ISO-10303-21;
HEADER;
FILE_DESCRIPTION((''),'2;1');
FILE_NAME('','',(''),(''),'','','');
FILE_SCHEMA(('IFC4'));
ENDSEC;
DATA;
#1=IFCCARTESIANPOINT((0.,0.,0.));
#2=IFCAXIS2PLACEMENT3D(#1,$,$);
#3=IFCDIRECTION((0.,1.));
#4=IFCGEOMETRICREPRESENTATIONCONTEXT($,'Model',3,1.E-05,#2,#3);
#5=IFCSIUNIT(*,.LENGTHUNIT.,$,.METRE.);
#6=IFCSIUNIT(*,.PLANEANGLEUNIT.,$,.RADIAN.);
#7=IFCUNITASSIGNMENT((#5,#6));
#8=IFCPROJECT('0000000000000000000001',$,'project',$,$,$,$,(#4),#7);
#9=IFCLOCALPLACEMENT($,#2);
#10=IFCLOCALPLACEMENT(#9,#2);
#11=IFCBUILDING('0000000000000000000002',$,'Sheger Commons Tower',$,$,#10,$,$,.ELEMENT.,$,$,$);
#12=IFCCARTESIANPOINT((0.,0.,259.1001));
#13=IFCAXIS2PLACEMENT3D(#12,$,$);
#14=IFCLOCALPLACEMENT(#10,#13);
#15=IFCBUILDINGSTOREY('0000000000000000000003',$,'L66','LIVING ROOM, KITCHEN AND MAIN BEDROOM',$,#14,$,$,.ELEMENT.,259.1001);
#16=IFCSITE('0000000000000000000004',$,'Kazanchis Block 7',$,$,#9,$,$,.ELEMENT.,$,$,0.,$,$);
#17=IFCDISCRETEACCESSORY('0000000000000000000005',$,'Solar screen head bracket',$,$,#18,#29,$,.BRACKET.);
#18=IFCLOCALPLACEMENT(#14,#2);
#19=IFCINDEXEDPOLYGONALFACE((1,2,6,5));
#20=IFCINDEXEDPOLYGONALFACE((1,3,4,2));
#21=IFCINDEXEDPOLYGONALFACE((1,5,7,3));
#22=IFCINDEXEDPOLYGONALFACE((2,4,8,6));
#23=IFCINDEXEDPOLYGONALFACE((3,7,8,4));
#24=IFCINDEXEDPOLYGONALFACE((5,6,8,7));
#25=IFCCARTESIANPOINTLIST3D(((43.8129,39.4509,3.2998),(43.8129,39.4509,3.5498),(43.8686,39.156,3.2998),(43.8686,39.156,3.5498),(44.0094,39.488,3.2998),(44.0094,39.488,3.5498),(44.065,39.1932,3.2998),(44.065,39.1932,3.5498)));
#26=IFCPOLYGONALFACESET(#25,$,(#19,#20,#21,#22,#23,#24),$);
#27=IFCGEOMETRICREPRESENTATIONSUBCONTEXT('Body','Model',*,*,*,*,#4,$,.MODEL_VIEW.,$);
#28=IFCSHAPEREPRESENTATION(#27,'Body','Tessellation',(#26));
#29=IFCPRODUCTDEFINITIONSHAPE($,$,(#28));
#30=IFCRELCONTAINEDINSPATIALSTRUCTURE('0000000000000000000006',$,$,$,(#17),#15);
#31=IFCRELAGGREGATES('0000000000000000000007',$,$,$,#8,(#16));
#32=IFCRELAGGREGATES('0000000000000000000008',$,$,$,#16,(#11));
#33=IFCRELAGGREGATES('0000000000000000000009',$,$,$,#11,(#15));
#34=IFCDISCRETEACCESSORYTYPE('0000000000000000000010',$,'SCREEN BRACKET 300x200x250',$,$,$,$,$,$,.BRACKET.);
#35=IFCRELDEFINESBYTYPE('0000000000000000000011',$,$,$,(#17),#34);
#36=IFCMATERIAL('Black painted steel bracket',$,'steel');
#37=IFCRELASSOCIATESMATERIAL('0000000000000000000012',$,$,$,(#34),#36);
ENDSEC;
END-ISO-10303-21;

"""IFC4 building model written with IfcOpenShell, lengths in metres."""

from ifc_helpers import new_model, si_unit, direction, frame, origin, origin_2d, place, context, subcontext, project, spatial, rectangle, extrude, material, type_object, element, save


model = new_model("IFC4")

# Units and contexts
model_context = context("Model", 3, precision=1e-05, world=origin(), true_north=direction((0.0, 1.0)))
body_context = subcontext(model_context, "Body", "Model", "MODEL_VIEW")
ifc_project = project(units=[si_unit("LENGTHUNIT", "METRE"), si_unit("PLANEANGLEUNIT", "RADIAN")], contexts=[model_context])

# Site, building, storey
site_placement = place(None, origin())
site = spatial("IfcSite", under=ifc_project, at=site_placement, Name="Kazanchis Block 7", CompositionType="ELEMENT", RefElevation=0.0)
building_placement = place(site_placement, origin())
building = spatial("IfcBuilding", under=site, at=building_placement, Name="Sheger Commons Tower", CompositionType="ELEMENT")
storey_placement = place(building_placement, frame((0.0, 0.0, 259.1001)))
storey = spatial("IfcBuildingStorey", under=building, at=storey_placement, Name="L66", Description="LIVING ROOM, KITCHEN AND MAIN BEDROOM", CompositionType="ELEMENT", Elevation=259.1001)

# Discrete accessory
ifc_material_1 = material(Name="Black painted steel bracket", Category="steel")
discrete_accessory_type = type_object("IfcDiscreteAccessoryType", Name="SCREEN BRACKET 300x200x250", PredefinedType="BRACKET", material=ifc_material_1)
for number, where, z_axis, x_axis, name in (
    (1, (43.939, 39.322, 3.2998), (0.0, 0.0, 1.0), (-0.185615, 0.982623, 0.0), "Solar screen head bracket"),
):
    element("IfcDiscreteAccessory", number, at=place(storey_placement, frame(where, z_axis=z_axis, x_axis=x_axis)), inside=storey, type_object=discrete_accessory_type, Name=name, PredefinedType="BRACKET", context=body_context, shape_type="SweptSolid", body=[
        extrude(rectangle(XDim=0.3, YDim=0.2, at=origin_2d()), origin(), (0.0, 0.0, 1.0), 0.25),
    ])

save(model, "model.ifc")
